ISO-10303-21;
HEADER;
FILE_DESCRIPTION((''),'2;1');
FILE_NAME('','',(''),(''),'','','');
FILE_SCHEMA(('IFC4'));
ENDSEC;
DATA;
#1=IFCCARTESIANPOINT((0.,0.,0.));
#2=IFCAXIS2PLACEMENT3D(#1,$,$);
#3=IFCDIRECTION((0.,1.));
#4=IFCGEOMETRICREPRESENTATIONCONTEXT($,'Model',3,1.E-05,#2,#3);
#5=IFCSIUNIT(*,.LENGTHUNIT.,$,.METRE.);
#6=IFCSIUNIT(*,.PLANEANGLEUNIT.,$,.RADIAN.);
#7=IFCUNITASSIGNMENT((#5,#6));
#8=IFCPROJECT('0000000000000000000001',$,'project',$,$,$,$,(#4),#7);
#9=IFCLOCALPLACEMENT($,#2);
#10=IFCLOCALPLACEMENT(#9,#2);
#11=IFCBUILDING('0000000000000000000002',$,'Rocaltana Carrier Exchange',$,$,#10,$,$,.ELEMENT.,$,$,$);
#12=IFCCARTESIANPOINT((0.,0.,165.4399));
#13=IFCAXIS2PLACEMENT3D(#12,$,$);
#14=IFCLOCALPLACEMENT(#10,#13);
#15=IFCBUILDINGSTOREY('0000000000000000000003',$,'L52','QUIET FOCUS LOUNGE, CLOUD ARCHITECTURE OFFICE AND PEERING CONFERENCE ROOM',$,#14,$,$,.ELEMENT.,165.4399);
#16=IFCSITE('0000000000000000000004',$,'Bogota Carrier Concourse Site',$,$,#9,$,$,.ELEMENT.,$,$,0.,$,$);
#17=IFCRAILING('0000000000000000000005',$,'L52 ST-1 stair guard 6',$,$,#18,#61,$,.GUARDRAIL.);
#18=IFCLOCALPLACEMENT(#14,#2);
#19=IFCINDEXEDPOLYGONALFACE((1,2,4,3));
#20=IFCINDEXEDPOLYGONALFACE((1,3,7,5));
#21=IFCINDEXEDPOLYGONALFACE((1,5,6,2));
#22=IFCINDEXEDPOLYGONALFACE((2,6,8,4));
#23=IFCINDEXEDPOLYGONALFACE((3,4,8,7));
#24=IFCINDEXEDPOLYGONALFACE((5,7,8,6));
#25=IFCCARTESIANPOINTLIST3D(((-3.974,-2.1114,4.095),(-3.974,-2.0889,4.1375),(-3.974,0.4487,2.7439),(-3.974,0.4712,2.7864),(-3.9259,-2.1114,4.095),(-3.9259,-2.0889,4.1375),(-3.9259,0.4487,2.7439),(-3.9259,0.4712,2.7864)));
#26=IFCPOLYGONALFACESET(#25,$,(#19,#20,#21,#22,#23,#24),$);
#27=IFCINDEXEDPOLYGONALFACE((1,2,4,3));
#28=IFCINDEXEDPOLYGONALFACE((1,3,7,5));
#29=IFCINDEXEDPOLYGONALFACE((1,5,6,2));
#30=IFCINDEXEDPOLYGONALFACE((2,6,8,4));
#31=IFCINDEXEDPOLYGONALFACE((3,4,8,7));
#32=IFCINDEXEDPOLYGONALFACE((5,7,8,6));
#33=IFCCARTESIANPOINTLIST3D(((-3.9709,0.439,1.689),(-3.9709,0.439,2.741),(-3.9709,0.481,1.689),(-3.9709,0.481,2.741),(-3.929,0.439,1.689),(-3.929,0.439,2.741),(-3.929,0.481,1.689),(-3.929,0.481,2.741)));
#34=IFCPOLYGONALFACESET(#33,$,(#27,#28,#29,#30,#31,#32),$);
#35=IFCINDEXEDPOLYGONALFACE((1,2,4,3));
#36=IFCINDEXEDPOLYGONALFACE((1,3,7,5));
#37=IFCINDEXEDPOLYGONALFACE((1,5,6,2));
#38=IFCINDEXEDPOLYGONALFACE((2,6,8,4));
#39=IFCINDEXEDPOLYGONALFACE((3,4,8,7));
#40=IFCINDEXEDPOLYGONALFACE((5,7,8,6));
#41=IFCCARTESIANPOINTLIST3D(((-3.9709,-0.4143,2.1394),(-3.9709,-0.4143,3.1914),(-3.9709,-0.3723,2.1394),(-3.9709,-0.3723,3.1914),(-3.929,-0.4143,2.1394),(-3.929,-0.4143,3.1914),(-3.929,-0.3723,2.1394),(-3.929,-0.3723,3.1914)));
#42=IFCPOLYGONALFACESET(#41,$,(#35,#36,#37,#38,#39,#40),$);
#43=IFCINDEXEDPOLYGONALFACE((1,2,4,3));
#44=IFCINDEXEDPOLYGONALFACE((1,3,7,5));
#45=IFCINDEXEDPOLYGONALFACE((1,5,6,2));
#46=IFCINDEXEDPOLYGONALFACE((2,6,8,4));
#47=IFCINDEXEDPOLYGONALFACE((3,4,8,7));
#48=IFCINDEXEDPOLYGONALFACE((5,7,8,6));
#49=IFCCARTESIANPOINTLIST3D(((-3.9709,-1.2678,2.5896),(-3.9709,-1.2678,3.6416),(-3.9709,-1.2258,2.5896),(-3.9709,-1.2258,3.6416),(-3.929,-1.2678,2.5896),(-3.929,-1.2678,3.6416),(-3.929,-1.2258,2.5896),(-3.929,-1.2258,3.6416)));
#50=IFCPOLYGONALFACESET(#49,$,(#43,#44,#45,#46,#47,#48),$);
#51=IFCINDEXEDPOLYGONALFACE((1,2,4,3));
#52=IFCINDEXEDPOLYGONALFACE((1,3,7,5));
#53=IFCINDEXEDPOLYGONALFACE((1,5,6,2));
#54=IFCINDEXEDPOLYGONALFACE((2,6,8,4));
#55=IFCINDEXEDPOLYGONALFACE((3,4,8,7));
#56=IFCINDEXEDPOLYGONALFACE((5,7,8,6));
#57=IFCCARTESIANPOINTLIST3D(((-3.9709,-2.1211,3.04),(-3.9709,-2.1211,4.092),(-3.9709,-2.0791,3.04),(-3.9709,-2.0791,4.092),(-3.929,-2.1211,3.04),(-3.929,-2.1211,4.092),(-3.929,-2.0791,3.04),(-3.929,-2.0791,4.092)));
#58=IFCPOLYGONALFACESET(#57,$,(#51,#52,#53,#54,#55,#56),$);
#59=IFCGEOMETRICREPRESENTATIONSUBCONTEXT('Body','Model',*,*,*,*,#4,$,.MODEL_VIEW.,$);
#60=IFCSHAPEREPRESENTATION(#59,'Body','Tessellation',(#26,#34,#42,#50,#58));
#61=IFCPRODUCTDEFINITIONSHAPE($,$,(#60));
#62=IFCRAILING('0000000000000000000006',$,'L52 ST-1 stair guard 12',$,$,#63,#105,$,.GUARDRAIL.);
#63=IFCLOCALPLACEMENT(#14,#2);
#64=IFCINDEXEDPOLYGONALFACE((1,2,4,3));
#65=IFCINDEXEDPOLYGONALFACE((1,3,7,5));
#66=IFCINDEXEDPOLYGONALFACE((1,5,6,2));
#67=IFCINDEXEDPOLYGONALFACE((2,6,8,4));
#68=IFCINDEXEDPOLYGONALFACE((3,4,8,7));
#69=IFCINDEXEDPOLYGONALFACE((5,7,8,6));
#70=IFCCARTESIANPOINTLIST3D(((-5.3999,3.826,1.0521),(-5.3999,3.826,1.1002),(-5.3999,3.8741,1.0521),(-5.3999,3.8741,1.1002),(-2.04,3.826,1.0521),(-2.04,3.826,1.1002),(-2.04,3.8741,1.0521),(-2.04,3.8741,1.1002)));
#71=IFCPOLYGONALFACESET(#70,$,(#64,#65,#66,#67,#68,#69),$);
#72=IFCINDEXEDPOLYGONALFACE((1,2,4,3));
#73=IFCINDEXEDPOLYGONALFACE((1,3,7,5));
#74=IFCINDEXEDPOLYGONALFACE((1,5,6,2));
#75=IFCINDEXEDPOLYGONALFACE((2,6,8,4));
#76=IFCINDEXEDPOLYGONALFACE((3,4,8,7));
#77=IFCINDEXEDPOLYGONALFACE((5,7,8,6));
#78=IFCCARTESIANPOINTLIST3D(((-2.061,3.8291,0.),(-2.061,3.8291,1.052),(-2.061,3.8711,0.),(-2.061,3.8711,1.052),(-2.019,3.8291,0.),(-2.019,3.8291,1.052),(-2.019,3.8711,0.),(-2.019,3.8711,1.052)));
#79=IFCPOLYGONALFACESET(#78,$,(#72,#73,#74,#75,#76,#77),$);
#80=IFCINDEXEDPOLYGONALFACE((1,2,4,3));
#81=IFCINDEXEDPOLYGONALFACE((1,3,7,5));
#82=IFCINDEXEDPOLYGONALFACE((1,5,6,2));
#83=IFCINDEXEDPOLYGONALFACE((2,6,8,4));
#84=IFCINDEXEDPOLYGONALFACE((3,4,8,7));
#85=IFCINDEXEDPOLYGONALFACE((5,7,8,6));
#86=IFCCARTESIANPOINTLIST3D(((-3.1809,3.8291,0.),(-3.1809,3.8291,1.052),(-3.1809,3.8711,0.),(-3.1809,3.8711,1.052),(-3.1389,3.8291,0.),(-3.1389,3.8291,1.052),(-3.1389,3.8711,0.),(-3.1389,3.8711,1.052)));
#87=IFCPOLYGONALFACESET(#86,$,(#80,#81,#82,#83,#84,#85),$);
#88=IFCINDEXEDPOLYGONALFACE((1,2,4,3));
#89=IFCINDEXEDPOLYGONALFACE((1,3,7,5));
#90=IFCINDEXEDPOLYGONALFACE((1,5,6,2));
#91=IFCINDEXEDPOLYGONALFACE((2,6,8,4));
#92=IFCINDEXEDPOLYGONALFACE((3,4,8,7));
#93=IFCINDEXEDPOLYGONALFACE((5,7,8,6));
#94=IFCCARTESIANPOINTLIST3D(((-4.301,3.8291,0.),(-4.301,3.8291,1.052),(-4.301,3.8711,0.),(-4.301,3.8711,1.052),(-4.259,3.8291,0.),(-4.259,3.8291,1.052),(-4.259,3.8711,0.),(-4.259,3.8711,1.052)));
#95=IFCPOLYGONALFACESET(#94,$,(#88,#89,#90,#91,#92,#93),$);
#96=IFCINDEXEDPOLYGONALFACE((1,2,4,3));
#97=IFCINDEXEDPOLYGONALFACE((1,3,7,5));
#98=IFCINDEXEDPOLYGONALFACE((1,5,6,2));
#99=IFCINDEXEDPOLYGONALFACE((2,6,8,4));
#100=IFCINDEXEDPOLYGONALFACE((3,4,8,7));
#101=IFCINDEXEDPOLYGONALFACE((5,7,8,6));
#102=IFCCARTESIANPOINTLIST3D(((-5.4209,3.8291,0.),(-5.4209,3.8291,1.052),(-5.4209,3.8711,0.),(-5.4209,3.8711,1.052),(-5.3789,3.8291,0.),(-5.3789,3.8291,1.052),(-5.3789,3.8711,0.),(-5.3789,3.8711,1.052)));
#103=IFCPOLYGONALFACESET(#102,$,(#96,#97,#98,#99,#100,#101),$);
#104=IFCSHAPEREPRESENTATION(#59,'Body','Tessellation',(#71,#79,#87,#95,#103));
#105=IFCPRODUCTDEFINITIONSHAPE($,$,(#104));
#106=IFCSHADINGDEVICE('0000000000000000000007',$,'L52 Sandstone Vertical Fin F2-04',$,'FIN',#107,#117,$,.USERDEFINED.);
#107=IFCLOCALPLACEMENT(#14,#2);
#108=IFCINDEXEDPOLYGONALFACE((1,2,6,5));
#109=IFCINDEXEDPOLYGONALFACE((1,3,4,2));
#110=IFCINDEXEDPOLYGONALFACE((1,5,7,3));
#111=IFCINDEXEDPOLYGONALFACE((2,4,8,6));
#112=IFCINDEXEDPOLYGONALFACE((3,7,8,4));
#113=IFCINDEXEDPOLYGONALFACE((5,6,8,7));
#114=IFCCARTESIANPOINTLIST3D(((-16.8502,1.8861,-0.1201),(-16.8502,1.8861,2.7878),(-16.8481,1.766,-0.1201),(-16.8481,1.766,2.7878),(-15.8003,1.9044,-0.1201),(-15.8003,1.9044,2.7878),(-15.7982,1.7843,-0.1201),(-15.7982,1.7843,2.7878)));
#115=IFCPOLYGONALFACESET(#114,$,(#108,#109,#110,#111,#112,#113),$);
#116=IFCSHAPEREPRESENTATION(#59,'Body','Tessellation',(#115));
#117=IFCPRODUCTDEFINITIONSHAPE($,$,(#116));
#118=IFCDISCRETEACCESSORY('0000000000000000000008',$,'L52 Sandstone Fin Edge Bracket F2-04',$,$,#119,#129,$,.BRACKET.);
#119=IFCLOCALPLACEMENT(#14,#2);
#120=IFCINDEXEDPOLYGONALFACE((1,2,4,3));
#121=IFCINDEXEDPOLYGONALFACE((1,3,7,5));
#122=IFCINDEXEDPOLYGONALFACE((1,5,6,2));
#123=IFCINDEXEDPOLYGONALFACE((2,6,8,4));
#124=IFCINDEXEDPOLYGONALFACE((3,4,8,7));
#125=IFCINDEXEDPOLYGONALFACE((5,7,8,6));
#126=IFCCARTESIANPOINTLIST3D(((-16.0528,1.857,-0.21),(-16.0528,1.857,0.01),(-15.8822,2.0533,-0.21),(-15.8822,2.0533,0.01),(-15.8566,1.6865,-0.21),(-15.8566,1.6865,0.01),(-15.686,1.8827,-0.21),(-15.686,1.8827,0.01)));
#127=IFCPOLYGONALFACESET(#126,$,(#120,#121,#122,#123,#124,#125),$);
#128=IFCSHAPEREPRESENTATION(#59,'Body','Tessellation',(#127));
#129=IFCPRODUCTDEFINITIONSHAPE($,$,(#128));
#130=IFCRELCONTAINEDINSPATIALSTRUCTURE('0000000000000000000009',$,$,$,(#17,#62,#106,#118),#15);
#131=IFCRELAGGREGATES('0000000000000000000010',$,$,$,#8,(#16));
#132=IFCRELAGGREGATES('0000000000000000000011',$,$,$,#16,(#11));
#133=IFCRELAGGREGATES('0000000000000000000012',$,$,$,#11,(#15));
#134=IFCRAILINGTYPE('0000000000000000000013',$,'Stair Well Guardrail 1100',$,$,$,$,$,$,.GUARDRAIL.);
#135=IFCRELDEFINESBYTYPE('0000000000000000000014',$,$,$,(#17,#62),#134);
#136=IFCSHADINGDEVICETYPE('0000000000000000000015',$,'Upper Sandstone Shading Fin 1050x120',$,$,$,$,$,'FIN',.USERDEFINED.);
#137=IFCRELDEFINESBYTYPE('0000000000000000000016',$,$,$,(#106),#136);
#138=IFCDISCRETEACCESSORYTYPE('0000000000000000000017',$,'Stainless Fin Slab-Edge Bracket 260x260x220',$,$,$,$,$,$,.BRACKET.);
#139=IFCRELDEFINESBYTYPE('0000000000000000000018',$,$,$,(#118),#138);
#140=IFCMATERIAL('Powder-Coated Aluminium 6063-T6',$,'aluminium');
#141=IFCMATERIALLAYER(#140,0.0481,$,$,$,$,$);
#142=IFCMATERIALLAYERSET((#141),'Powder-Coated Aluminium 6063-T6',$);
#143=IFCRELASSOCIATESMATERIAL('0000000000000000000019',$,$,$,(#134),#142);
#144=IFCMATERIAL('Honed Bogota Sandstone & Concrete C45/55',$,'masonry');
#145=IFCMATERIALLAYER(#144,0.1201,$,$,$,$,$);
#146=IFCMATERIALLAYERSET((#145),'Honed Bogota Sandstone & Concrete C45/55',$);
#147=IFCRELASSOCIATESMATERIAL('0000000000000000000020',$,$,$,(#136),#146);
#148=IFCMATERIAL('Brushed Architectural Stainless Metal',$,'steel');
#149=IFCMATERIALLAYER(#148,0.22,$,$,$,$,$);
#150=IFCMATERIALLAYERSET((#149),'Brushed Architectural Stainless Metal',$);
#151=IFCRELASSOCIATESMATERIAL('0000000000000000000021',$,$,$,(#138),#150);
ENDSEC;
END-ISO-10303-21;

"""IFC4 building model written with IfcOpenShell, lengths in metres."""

from ifc_helpers import new_model, si_unit, direction, frame, origin, origin_2d, place, context, subcontext, project, spatial, rectangle, extrude, material, layer, layer_set, type_object, element, save


model = new_model("IFC4")

# Units and contexts
model_context = context("Model", 3, precision=1e-05, world=origin(), true_north=direction((0.0, 1.0)))
body_context = subcontext(model_context, "Body", "Model", "MODEL_VIEW")
ifc_project = project(units=[si_unit("LENGTHUNIT", "METRE"), si_unit("PLANEANGLEUNIT", "RADIAN")], contexts=[model_context])

# Site, building, storey
site_placement = place(None, origin())
site = spatial("IfcSite", under=ifc_project, at=site_placement, Name="Bogota Carrier Concourse Site", CompositionType="ELEMENT", RefElevation=0.0)
building_placement = place(site_placement, origin())
building = spatial("IfcBuilding", under=site, at=building_placement, Name="Rocaltana Carrier Exchange", CompositionType="ELEMENT")
storey_placement = place(building_placement, frame((0.0, 0.0, 165.4399)))
storey = spatial("IfcBuildingStorey", under=building, at=storey_placement, Name="L52", Description="QUIET FOCUS LOUNGE, CLOUD ARCHITECTURE OFFICE AND PEERING CONFERENCE ROOM", CompositionType="ELEMENT", Elevation=165.4399)

# Railings
ifc_material_1 = material(Name="Powder-Coated Aluminium 6063-T6", Category="aluminium")
ifc_layer_1 = layer(ifc_material_1, 0.0481)
ifc_layer_set_1 = layer_set([ifc_layer_1], Name="Powder-Coated Aluminium 6063-T6")
railing_type_1 = type_object("IfcRailingType", Name="Stair Well Guardrail 1100", PredefinedType="GUARDRAIL", material=ifc_layer_set_1)
railing_1_placement = place(storey_placement, frame((-3.95, 0.46, 1.689)))
element("IfcRailing", 1, at=railing_1_placement, inside=storey, type_object=railing_type_1, Name="L52 ST-1 stair guard 6", PredefinedType="GUARDRAIL", context=body_context, shape_type="SweptSolid", body=[
    extrude(rectangle(XDim=0.0481, YDim=0.0481, at=origin_2d()), frame((0.0, 0.0, 1.0762), z_axis=(0.0, -0.884394, 0.46674), x_axis=(1.0, 0.0, 0.0)), (0.0, 0.0, 1.0), 2.8948),
    extrude(rectangle(XDim=0.042, YDim=0.042, at=origin_2d()), origin(), (0.0, 0.0, 1.0), 1.052),
    extrude(rectangle(XDim=0.042, YDim=0.042, at=origin_2d()), frame((0.0, -0.8533, 0.4504)), (0.0, 0.0, 1.0), 1.052),
    extrude(rectangle(XDim=0.042, YDim=0.042, at=origin_2d()), frame((0.0, -1.7068, 0.9006)), (0.0, 0.0, 1.0), 1.052),
    extrude(rectangle(XDim=0.042, YDim=0.042, at=origin_2d()), frame((0.0, -2.5601, 1.3511)), (0.0, 0.0, 1.0), 1.052),
])
railing_2_placement = place(storey_placement, frame((-2.04, 3.8501, 0.0)))
element("IfcRailing", 2, at=railing_2_placement, inside=storey, type_object=railing_type_1, Name="L52 ST-1 stair guard 12", PredefinedType="GUARDRAIL", context=body_context, shape_type="SweptSolid", body=[
    extrude(rectangle(XDim=0.0481, YDim=0.0481, at=origin_2d()), frame((0.0, 0.0, 1.0762), z_axis=(-1.0, 0.0, 0.0), x_axis=(0.0, -1.0, 0.0)), (0.0, 0.0, 1.0), 3.3599),
    extrude(rectangle(XDim=0.042, YDim=0.042, at=origin_2d()), origin(), (0.0, 0.0, 1.0), 1.052),
    extrude(rectangle(XDim=0.042, YDim=0.042, at=origin_2d()), frame((-1.1199, 0.0, 0.0)), (0.0, 0.0, 1.0), 1.052),
    extrude(rectangle(XDim=0.042, YDim=0.042, at=origin_2d()), frame((-2.24, 0.0, 0.0)), (0.0, 0.0, 1.0), 1.052),
    extrude(rectangle(XDim=0.042, YDim=0.042, at=origin_2d()), frame((-3.3599, 0.0, 0.0)), (0.0, 0.0, 1.0), 1.052),
])

# Shading device
ifc_material_2 = material(Name="Honed Bogota Sandstone & Concrete C45/55", Category="masonry")
ifc_layer_2 = layer(ifc_material_2, 0.1201)
ifc_layer_set_2 = layer_set([ifc_layer_2], Name="Honed Bogota Sandstone & Concrete C45/55")
shading_device_type = type_object("IfcShadingDeviceType", Name="Upper Sandstone Shading Fin 1050x120", ElementType="FIN", PredefinedType="USERDEFINED", material=ifc_layer_set_2)
shading_device_placement = place(storey_placement, frame((-16.3242, 1.8352, -0.1201), z_axis=(0.0, 0.0, 1.0), x_axis=(-0.999848, -0.017452, 0.0)))
element("IfcShadingDevice", 3, at=shading_device_placement, inside=storey, type_object=shading_device_type, Name="L52 Sandstone Vertical Fin F2-04", ObjectType="FIN", PredefinedType="USERDEFINED", context=body_context, shape_type="SweptSolid", body=[
    extrude(rectangle(XDim=1.05, YDim=0.1201, at=origin_2d()), origin(), (0.0, 0.0, 1.0), 2.908),
])

# Discrete accessory
ifc_material_3 = material(Name="Brushed Architectural Stainless Metal", Category="steel")
ifc_layer_3 = layer(ifc_material_3, 0.22)
ifc_layer_set_3 = layer_set([ifc_layer_3], Name="Brushed Architectural Stainless Metal")
discrete_accessory_type = type_object("IfcDiscreteAccessoryType", Name="Stainless Fin Slab-Edge Bracket 260x260x220", PredefinedType="BRACKET", material=ifc_layer_set_3)
discrete_accessory_placement = place(storey_placement, frame((-15.8694, 1.8699, -0.21), z_axis=(0.0, 0.0, 1.0), x_axis=(-0.656059, -0.75471, 0.0)))
element("IfcDiscreteAccessory", 4, at=discrete_accessory_placement, inside=storey, type_object=discrete_accessory_type, Name="L52 Sandstone Fin Edge Bracket F2-04", PredefinedType="BRACKET", context=body_context, shape_type="SweptSolid", body=[
    extrude(rectangle(XDim=0.26, YDim=0.26, at=origin_2d()), origin(), (0.0, 0.0, 1.0), 0.22),
])

save(model, "model.ifc")
